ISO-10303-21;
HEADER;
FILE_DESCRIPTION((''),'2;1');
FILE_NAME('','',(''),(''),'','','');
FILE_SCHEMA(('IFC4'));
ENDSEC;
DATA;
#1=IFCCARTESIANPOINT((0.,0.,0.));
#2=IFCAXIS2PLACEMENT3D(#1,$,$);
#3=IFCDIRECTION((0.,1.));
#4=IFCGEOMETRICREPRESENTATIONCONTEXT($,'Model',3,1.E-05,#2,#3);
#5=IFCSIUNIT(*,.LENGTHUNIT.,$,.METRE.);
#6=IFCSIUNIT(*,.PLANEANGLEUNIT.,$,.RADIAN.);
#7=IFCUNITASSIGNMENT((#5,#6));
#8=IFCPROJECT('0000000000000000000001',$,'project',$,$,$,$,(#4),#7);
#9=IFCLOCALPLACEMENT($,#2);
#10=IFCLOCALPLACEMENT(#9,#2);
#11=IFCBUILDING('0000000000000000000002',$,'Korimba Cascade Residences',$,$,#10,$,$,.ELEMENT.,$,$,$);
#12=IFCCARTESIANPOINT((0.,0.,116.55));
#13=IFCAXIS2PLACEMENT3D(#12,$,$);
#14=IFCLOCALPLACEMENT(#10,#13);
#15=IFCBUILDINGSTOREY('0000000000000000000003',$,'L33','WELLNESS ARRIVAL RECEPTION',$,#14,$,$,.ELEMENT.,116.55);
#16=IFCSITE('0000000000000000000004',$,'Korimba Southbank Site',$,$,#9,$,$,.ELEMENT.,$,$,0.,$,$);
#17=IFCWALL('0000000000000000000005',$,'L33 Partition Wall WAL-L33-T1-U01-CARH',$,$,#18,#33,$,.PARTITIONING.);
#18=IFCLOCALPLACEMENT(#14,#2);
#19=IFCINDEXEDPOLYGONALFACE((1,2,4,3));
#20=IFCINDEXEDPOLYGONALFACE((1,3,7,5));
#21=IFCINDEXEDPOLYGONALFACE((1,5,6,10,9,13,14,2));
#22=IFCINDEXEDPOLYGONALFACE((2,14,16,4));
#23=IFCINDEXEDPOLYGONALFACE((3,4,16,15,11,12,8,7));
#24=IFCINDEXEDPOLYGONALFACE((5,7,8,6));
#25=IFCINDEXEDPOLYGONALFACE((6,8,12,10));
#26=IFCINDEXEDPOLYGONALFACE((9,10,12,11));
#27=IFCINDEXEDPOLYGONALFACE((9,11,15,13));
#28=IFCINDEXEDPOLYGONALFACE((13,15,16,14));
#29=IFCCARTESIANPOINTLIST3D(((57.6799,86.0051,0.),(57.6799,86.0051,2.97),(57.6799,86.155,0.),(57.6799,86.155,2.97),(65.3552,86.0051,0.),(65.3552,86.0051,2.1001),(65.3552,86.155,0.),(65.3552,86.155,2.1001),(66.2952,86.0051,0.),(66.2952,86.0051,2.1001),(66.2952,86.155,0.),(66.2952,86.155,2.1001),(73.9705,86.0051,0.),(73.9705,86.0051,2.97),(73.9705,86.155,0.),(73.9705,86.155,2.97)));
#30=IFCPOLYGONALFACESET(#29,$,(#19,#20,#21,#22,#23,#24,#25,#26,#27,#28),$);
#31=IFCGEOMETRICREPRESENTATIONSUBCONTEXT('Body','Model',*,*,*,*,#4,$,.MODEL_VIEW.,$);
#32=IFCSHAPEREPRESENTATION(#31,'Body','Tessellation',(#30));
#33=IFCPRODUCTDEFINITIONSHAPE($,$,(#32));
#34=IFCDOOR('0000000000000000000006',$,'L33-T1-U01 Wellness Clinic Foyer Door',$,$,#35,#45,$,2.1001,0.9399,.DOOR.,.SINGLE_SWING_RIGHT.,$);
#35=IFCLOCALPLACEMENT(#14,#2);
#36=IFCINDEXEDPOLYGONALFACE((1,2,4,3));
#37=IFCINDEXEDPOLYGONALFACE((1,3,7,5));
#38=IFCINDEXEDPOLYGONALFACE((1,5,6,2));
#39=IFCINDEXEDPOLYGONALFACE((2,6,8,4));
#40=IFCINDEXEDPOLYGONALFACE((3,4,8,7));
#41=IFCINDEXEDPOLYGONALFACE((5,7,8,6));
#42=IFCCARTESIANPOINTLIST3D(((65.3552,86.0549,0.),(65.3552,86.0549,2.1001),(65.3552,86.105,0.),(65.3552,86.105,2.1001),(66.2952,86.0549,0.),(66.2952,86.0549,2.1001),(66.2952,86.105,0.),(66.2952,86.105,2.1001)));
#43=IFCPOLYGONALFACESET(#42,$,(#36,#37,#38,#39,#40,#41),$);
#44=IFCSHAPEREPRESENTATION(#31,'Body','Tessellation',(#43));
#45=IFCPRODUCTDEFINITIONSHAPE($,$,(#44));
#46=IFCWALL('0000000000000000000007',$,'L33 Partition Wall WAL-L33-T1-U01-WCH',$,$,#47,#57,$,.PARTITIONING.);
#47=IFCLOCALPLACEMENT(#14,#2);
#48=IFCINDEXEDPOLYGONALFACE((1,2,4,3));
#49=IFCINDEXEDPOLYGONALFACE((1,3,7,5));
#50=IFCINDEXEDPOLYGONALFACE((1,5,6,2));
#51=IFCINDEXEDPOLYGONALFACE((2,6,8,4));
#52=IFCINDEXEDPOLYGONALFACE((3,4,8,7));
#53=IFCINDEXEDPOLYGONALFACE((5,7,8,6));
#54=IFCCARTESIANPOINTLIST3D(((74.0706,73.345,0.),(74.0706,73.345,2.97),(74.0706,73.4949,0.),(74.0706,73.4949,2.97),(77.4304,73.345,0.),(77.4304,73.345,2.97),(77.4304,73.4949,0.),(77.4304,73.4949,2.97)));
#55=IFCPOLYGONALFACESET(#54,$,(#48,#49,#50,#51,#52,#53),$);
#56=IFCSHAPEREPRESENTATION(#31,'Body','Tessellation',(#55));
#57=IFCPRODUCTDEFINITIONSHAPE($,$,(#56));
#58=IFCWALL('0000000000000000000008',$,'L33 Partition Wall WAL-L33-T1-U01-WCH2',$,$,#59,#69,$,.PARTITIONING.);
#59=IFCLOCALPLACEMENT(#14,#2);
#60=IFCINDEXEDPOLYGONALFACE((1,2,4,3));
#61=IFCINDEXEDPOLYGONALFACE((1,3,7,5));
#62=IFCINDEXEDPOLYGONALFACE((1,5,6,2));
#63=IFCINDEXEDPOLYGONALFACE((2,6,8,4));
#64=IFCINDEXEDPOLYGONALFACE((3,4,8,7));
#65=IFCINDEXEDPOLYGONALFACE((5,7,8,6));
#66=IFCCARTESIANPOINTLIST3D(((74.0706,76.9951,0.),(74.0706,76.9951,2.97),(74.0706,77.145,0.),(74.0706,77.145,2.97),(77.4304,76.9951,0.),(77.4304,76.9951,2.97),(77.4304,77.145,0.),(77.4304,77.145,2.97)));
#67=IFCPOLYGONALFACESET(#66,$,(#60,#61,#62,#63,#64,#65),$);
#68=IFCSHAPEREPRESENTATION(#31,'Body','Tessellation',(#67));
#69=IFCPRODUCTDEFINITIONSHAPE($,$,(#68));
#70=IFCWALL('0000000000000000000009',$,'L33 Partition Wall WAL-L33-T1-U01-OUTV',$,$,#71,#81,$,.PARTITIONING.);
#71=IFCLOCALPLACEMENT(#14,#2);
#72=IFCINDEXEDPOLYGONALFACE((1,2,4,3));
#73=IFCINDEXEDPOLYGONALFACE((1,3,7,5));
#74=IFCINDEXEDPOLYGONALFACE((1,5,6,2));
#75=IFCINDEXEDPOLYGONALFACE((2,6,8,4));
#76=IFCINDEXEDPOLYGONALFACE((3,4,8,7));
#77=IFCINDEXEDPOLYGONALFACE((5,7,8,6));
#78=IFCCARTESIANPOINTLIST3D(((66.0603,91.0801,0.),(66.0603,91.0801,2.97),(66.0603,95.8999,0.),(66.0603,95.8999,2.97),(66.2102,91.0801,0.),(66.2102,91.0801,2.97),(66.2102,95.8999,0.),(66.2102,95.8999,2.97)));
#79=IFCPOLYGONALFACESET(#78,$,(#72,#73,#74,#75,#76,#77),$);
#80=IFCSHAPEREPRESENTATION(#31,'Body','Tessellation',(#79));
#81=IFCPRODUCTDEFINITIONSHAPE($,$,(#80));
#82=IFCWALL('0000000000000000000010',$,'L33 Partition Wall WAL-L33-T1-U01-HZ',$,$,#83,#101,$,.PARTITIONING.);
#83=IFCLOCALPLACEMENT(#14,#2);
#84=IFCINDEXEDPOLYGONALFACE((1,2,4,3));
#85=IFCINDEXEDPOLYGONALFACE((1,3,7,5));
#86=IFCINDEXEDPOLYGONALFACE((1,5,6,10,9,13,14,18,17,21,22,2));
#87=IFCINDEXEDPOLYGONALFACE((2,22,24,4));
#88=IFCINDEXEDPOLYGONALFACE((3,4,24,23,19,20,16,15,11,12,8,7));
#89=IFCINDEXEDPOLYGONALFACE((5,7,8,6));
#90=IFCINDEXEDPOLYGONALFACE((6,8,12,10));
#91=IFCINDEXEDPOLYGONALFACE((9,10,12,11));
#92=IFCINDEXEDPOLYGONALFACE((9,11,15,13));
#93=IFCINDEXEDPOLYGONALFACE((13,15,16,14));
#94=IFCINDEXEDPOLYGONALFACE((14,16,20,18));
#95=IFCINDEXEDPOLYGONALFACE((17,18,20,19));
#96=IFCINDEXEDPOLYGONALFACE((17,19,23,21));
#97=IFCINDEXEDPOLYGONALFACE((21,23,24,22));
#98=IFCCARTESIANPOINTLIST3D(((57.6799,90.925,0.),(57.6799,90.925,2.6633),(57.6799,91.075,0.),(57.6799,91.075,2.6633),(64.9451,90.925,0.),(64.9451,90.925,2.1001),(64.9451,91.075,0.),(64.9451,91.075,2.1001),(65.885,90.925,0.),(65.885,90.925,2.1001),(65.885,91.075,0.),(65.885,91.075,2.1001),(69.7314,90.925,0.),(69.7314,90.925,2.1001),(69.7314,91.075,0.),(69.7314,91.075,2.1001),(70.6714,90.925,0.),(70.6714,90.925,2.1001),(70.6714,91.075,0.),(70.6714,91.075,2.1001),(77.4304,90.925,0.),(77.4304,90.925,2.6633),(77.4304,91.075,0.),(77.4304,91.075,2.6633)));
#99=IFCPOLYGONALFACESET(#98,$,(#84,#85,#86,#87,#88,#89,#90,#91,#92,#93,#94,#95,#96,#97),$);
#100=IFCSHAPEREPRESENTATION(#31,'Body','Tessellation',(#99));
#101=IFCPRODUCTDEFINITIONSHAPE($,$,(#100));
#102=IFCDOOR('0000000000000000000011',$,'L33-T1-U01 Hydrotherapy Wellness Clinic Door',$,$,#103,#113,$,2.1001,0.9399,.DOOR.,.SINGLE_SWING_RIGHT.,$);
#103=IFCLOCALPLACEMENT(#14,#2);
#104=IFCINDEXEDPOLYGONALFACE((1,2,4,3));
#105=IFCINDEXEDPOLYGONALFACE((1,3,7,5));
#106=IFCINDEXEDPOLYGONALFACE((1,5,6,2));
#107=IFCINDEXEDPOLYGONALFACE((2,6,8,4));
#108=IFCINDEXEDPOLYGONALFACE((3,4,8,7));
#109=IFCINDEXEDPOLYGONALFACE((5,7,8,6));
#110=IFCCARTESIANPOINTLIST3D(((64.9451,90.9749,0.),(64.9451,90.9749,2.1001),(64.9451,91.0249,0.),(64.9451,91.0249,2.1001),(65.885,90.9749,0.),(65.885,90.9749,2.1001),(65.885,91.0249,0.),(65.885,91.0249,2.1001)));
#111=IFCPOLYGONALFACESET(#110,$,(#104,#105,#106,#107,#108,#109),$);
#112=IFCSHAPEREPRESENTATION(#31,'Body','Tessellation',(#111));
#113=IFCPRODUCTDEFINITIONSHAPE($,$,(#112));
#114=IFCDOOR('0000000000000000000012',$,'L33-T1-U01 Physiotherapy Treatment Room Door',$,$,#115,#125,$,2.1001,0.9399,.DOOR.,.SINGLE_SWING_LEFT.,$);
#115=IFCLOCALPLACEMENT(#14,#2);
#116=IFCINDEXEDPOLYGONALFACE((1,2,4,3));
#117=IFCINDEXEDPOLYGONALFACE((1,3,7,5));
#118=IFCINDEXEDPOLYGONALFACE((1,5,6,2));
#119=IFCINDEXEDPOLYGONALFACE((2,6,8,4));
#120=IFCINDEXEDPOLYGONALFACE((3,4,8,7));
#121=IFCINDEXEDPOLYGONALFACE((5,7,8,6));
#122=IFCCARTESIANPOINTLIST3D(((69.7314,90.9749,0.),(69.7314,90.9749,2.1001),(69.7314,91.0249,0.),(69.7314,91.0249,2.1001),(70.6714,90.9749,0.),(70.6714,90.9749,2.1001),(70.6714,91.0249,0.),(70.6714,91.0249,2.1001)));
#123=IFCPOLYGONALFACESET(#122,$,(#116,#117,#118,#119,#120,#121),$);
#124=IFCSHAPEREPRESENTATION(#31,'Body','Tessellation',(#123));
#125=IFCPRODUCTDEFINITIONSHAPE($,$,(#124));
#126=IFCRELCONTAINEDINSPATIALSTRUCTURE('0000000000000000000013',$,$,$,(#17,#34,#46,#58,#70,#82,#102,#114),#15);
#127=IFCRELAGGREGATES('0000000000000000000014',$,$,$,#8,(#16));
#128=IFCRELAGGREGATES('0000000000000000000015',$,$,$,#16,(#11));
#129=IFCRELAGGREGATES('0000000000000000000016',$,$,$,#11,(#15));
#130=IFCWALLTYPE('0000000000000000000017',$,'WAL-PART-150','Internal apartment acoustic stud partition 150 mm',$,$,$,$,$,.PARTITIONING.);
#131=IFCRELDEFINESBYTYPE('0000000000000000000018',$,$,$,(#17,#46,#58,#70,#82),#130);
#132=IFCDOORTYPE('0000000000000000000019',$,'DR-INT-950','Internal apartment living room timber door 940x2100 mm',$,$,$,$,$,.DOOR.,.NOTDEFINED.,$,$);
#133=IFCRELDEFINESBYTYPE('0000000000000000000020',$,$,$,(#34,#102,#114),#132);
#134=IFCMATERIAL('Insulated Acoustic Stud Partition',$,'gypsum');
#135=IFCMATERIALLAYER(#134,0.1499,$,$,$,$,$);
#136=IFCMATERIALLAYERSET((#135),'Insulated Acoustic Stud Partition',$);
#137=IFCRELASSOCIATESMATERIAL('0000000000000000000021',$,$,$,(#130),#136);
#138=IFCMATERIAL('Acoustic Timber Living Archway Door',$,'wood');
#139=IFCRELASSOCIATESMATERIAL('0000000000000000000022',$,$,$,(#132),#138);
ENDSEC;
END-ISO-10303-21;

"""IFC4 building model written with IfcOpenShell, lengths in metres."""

from ifc_helpers import new_model, si_unit, direction, frame, frame_2d, origin, place, context, subcontext, project, spatial, rectangle, extrude, material, layer, layer_set, type_object, element, fill, save


model = new_model("IFC4")

# Units and contexts
model_context = context("Model", 3, precision=1e-05, world=origin(), true_north=direction((0.0, 1.0)))
body_context = subcontext(model_context, "Body", "Model", "MODEL_VIEW")
ifc_project = project(units=[si_unit("LENGTHUNIT", "METRE"), si_unit("PLANEANGLEUNIT", "RADIAN")], contexts=[model_context])

# Site, building, storey
site_placement = place(None, origin())
site = spatial("IfcSite", under=ifc_project, at=site_placement, Name="Korimba Southbank Site", CompositionType="ELEMENT", RefElevation=0.0)
building_placement = place(site_placement, origin())
building = spatial("IfcBuilding", under=site, at=building_placement, Name="Korimba Cascade Residences", CompositionType="ELEMENT")
storey_placement = place(building_placement, frame((0.0, 0.0, 116.55)))
storey = spatial("IfcBuildingStorey", under=building, at=storey_placement, Name="L33", Description="WELLNESS ARRIVAL RECEPTION", CompositionType="ELEMENT", Elevation=116.55)

# Wall, opening, door
ifc_material_1 = material(Name="Insulated Acoustic Stud Partition", Category="gypsum")
ifc_layer_1 = layer(ifc_material_1, 0.1499)
ifc_layer_set_1 = layer_set([ifc_layer_1], Name="Insulated Acoustic Stud Partition")
wall_type_1 = type_object("IfcWallType", Name="WAL-PART-150", Description="Internal apartment acoustic stud partition 150 mm", PredefinedType="PARTITIONING", material=ifc_layer_set_1)
wall_1_placement = place(storey_placement, frame((57.6799, 86.0801, 0.0), z_axis=(0.0, 0.0, 1.0), x_axis=(1.0, 0.0, 0.0)))
wall_1 = element("IfcWall", 1, at=wall_1_placement, inside=storey, type_object=wall_type_1, Name="L33 Partition Wall WAL-L33-T1-U01-CARH", PredefinedType="PARTITIONING", context=body_context, shape_type="SweptSolid", body=[
    extrude(rectangle(XDim=16.2905, YDim=0.1499, at=frame_2d((8.1453, 0.0))), origin(), (0.0, 0.0, 1.0), 2.97),
])
opening_1_placement = place(wall_1_placement, frame((7.6753, 0.0, 0.0)))
opening_1 = element("IfcOpeningElement", 2, at=opening_1_placement, cuts=wall_1, PredefinedType="OPENING", context=body_context, shape_type="SweptSolid", body=[
    extrude(rectangle(XDim=0.9399, YDim=2.1001, at=frame_2d((0.47, 1.05))), frame((0.0, 0.085, 0.0), z_axis=(0.0, -1.0, 0.0), x_axis=(1.0, 0.0, 0.0)), (0.0, 0.0, 1.0), 0.1699),
])
ifc_material_2 = material(Name="Acoustic Timber Living Archway Door", Category="wood")
door_type = type_object("IfcDoorType", Name="DR-INT-950", Description="Internal apartment living room timber door 940x2100 mm", OperationType="NOTDEFINED", PredefinedType="DOOR", material=ifc_material_2)
door_1_placement = place(opening_1_placement, origin())
door_1 = element("IfcDoor", 3, at=door_1_placement, inside=storey, type_object=door_type, Name="L33-T1-U01 Wellness Clinic Foyer Door", OperationType="SINGLE_SWING_RIGHT", OverallHeight=2.1001, OverallWidth=0.9399, PredefinedType="DOOR", context=body_context, shape_type="SweptSolid", body=[
    extrude(rectangle(XDim=0.9399, YDim=2.1001, at=frame_2d((0.47, 1.05))), frame((0.0, 0.0249, 0.0), z_axis=(0.0, -1.0, 0.0), x_axis=(1.0, 0.0, 0.0)), (0.0, 0.0, 1.0), 0.05),
])
fill(opening_1, door_1)

# Walls
for number, where, z_axis, x_axis, name in (
    (4, (74.0706, 73.4199, 0.0), (0.0, 0.0, 1.0), (1.0, 0.0, 0.0), "L33 Partition Wall WAL-L33-T1-U01-WCH"),
    (5, (74.0706, 77.0701, 0.0), (0.0, 0.0, 1.0), (1.0, 0.0, 0.0), "L33 Partition Wall WAL-L33-T1-U01-WCH2"),
):
    element("IfcWall", number, at=place(storey_placement, frame(where, z_axis=z_axis, x_axis=x_axis)), inside=storey, type_object=wall_type_1, Name=name, PredefinedType="PARTITIONING", context=body_context, shape_type="SweptSolid", body=[
        extrude(rectangle(XDim=3.3599, YDim=0.1499, at=frame_2d((1.6799, 0.0))), origin(), (0.0, 0.0, 1.0), 2.97),
    ])
wall_2_placement = place(storey_placement, frame((66.1353, 91.0801, 0.0), z_axis=(0.0, 0.0, 1.0), x_axis=(0.0, 1.0, 0.0)))
element("IfcWall", 6, at=wall_2_placement, inside=storey, type_object=wall_type_1, Name="L33 Partition Wall WAL-L33-T1-U01-OUTV", PredefinedType="PARTITIONING", context=body_context, shape_type="SweptSolid", body=[
    extrude(rectangle(XDim=4.8198, YDim=0.1499, at=frame_2d((2.4099, 0.0))), origin(), (0.0, 0.0, 1.0), 2.97),
])

# Wall, openings, doors
wall_3_placement = place(storey_placement, frame((57.6799, 91.0, 0.0), z_axis=(0.0, 0.0, 1.0), x_axis=(1.0, 0.0, 0.0)))
wall_3 = element("IfcWall", 7, at=wall_3_placement, inside=storey, type_object=wall_type_1, Name="L33 Partition Wall WAL-L33-T1-U01-HZ", PredefinedType="PARTITIONING", context=body_context, shape_type="SweptSolid", body=[
    extrude(rectangle(XDim=19.7505, YDim=0.1499, at=frame_2d((9.8752, 0.0))), origin(), (0.0, 0.0, 1.0), 2.6633),
])
opening_2_placement = place(wall_3_placement, frame((7.2651, 0.0, 0.0)))
opening_2 = element("IfcOpeningElement", 8, at=opening_2_placement, cuts=wall_3, PredefinedType="OPENING", context=body_context, shape_type="SweptSolid", body=[
    extrude(rectangle(XDim=0.9399, YDim=2.1001, at=frame_2d((0.47, 1.05))), frame((0.0, 0.085, 0.0), z_axis=(0.0, -1.0, 0.0), x_axis=(1.0, 0.0, 0.0)), (0.0, 0.0, 1.0), 0.1699),
])
opening_3_placement = place(wall_3_placement, frame((12.0515, 0.0, 0.0)))
opening_3 = element("IfcOpeningElement", 9, at=opening_3_placement, cuts=wall_3, PredefinedType="OPENING", context=body_context, shape_type="SweptSolid", body=[
    extrude(rectangle(XDim=0.9399, YDim=2.1001, at=frame_2d((0.47, 1.05))), frame((0.0, 0.085, 0.0), z_axis=(0.0, -1.0, 0.0), x_axis=(1.0, 0.0, 0.0)), (0.0, 0.0, 1.0), 0.1699),
])
door_2_placement = place(opening_2_placement, origin())
door_2 = element("IfcDoor", 10, at=door_2_placement, inside=storey, type_object=door_type, Name="L33-T1-U01 Hydrotherapy Wellness Clinic Door", OperationType="SINGLE_SWING_RIGHT", OverallHeight=2.1001, OverallWidth=0.9399, PredefinedType="DOOR", context=body_context, shape_type="SweptSolid", body=[
    extrude(rectangle(XDim=0.9399, YDim=2.1001, at=frame_2d((0.47, 1.05))), frame((0.0, 0.0249, 0.0), z_axis=(0.0, -1.0, 0.0), x_axis=(1.0, 0.0, 0.0)), (0.0, 0.0, 1.0), 0.05),
])
fill(opening_2, door_2)
door_3_placement = place(opening_3_placement, origin())
door_3 = element("IfcDoor", 11, at=door_3_placement, inside=storey, type_object=door_type, Name="L33-T1-U01 Physiotherapy Treatment Room Door", OperationType="SINGLE_SWING_LEFT", OverallHeight=2.1001, OverallWidth=0.9399, PredefinedType="DOOR", context=body_context, shape_type="SweptSolid", body=[
    extrude(rectangle(XDim=0.9399, YDim=2.1001, at=frame_2d((0.47, 1.05))), frame((0.0, 0.0249, 0.0), z_axis=(0.0, -1.0, 0.0), x_axis=(1.0, 0.0, 0.0)), (0.0, 0.0, 1.0), 0.05),
])
fill(opening_3, door_3)

save(model, "model.ifc")
